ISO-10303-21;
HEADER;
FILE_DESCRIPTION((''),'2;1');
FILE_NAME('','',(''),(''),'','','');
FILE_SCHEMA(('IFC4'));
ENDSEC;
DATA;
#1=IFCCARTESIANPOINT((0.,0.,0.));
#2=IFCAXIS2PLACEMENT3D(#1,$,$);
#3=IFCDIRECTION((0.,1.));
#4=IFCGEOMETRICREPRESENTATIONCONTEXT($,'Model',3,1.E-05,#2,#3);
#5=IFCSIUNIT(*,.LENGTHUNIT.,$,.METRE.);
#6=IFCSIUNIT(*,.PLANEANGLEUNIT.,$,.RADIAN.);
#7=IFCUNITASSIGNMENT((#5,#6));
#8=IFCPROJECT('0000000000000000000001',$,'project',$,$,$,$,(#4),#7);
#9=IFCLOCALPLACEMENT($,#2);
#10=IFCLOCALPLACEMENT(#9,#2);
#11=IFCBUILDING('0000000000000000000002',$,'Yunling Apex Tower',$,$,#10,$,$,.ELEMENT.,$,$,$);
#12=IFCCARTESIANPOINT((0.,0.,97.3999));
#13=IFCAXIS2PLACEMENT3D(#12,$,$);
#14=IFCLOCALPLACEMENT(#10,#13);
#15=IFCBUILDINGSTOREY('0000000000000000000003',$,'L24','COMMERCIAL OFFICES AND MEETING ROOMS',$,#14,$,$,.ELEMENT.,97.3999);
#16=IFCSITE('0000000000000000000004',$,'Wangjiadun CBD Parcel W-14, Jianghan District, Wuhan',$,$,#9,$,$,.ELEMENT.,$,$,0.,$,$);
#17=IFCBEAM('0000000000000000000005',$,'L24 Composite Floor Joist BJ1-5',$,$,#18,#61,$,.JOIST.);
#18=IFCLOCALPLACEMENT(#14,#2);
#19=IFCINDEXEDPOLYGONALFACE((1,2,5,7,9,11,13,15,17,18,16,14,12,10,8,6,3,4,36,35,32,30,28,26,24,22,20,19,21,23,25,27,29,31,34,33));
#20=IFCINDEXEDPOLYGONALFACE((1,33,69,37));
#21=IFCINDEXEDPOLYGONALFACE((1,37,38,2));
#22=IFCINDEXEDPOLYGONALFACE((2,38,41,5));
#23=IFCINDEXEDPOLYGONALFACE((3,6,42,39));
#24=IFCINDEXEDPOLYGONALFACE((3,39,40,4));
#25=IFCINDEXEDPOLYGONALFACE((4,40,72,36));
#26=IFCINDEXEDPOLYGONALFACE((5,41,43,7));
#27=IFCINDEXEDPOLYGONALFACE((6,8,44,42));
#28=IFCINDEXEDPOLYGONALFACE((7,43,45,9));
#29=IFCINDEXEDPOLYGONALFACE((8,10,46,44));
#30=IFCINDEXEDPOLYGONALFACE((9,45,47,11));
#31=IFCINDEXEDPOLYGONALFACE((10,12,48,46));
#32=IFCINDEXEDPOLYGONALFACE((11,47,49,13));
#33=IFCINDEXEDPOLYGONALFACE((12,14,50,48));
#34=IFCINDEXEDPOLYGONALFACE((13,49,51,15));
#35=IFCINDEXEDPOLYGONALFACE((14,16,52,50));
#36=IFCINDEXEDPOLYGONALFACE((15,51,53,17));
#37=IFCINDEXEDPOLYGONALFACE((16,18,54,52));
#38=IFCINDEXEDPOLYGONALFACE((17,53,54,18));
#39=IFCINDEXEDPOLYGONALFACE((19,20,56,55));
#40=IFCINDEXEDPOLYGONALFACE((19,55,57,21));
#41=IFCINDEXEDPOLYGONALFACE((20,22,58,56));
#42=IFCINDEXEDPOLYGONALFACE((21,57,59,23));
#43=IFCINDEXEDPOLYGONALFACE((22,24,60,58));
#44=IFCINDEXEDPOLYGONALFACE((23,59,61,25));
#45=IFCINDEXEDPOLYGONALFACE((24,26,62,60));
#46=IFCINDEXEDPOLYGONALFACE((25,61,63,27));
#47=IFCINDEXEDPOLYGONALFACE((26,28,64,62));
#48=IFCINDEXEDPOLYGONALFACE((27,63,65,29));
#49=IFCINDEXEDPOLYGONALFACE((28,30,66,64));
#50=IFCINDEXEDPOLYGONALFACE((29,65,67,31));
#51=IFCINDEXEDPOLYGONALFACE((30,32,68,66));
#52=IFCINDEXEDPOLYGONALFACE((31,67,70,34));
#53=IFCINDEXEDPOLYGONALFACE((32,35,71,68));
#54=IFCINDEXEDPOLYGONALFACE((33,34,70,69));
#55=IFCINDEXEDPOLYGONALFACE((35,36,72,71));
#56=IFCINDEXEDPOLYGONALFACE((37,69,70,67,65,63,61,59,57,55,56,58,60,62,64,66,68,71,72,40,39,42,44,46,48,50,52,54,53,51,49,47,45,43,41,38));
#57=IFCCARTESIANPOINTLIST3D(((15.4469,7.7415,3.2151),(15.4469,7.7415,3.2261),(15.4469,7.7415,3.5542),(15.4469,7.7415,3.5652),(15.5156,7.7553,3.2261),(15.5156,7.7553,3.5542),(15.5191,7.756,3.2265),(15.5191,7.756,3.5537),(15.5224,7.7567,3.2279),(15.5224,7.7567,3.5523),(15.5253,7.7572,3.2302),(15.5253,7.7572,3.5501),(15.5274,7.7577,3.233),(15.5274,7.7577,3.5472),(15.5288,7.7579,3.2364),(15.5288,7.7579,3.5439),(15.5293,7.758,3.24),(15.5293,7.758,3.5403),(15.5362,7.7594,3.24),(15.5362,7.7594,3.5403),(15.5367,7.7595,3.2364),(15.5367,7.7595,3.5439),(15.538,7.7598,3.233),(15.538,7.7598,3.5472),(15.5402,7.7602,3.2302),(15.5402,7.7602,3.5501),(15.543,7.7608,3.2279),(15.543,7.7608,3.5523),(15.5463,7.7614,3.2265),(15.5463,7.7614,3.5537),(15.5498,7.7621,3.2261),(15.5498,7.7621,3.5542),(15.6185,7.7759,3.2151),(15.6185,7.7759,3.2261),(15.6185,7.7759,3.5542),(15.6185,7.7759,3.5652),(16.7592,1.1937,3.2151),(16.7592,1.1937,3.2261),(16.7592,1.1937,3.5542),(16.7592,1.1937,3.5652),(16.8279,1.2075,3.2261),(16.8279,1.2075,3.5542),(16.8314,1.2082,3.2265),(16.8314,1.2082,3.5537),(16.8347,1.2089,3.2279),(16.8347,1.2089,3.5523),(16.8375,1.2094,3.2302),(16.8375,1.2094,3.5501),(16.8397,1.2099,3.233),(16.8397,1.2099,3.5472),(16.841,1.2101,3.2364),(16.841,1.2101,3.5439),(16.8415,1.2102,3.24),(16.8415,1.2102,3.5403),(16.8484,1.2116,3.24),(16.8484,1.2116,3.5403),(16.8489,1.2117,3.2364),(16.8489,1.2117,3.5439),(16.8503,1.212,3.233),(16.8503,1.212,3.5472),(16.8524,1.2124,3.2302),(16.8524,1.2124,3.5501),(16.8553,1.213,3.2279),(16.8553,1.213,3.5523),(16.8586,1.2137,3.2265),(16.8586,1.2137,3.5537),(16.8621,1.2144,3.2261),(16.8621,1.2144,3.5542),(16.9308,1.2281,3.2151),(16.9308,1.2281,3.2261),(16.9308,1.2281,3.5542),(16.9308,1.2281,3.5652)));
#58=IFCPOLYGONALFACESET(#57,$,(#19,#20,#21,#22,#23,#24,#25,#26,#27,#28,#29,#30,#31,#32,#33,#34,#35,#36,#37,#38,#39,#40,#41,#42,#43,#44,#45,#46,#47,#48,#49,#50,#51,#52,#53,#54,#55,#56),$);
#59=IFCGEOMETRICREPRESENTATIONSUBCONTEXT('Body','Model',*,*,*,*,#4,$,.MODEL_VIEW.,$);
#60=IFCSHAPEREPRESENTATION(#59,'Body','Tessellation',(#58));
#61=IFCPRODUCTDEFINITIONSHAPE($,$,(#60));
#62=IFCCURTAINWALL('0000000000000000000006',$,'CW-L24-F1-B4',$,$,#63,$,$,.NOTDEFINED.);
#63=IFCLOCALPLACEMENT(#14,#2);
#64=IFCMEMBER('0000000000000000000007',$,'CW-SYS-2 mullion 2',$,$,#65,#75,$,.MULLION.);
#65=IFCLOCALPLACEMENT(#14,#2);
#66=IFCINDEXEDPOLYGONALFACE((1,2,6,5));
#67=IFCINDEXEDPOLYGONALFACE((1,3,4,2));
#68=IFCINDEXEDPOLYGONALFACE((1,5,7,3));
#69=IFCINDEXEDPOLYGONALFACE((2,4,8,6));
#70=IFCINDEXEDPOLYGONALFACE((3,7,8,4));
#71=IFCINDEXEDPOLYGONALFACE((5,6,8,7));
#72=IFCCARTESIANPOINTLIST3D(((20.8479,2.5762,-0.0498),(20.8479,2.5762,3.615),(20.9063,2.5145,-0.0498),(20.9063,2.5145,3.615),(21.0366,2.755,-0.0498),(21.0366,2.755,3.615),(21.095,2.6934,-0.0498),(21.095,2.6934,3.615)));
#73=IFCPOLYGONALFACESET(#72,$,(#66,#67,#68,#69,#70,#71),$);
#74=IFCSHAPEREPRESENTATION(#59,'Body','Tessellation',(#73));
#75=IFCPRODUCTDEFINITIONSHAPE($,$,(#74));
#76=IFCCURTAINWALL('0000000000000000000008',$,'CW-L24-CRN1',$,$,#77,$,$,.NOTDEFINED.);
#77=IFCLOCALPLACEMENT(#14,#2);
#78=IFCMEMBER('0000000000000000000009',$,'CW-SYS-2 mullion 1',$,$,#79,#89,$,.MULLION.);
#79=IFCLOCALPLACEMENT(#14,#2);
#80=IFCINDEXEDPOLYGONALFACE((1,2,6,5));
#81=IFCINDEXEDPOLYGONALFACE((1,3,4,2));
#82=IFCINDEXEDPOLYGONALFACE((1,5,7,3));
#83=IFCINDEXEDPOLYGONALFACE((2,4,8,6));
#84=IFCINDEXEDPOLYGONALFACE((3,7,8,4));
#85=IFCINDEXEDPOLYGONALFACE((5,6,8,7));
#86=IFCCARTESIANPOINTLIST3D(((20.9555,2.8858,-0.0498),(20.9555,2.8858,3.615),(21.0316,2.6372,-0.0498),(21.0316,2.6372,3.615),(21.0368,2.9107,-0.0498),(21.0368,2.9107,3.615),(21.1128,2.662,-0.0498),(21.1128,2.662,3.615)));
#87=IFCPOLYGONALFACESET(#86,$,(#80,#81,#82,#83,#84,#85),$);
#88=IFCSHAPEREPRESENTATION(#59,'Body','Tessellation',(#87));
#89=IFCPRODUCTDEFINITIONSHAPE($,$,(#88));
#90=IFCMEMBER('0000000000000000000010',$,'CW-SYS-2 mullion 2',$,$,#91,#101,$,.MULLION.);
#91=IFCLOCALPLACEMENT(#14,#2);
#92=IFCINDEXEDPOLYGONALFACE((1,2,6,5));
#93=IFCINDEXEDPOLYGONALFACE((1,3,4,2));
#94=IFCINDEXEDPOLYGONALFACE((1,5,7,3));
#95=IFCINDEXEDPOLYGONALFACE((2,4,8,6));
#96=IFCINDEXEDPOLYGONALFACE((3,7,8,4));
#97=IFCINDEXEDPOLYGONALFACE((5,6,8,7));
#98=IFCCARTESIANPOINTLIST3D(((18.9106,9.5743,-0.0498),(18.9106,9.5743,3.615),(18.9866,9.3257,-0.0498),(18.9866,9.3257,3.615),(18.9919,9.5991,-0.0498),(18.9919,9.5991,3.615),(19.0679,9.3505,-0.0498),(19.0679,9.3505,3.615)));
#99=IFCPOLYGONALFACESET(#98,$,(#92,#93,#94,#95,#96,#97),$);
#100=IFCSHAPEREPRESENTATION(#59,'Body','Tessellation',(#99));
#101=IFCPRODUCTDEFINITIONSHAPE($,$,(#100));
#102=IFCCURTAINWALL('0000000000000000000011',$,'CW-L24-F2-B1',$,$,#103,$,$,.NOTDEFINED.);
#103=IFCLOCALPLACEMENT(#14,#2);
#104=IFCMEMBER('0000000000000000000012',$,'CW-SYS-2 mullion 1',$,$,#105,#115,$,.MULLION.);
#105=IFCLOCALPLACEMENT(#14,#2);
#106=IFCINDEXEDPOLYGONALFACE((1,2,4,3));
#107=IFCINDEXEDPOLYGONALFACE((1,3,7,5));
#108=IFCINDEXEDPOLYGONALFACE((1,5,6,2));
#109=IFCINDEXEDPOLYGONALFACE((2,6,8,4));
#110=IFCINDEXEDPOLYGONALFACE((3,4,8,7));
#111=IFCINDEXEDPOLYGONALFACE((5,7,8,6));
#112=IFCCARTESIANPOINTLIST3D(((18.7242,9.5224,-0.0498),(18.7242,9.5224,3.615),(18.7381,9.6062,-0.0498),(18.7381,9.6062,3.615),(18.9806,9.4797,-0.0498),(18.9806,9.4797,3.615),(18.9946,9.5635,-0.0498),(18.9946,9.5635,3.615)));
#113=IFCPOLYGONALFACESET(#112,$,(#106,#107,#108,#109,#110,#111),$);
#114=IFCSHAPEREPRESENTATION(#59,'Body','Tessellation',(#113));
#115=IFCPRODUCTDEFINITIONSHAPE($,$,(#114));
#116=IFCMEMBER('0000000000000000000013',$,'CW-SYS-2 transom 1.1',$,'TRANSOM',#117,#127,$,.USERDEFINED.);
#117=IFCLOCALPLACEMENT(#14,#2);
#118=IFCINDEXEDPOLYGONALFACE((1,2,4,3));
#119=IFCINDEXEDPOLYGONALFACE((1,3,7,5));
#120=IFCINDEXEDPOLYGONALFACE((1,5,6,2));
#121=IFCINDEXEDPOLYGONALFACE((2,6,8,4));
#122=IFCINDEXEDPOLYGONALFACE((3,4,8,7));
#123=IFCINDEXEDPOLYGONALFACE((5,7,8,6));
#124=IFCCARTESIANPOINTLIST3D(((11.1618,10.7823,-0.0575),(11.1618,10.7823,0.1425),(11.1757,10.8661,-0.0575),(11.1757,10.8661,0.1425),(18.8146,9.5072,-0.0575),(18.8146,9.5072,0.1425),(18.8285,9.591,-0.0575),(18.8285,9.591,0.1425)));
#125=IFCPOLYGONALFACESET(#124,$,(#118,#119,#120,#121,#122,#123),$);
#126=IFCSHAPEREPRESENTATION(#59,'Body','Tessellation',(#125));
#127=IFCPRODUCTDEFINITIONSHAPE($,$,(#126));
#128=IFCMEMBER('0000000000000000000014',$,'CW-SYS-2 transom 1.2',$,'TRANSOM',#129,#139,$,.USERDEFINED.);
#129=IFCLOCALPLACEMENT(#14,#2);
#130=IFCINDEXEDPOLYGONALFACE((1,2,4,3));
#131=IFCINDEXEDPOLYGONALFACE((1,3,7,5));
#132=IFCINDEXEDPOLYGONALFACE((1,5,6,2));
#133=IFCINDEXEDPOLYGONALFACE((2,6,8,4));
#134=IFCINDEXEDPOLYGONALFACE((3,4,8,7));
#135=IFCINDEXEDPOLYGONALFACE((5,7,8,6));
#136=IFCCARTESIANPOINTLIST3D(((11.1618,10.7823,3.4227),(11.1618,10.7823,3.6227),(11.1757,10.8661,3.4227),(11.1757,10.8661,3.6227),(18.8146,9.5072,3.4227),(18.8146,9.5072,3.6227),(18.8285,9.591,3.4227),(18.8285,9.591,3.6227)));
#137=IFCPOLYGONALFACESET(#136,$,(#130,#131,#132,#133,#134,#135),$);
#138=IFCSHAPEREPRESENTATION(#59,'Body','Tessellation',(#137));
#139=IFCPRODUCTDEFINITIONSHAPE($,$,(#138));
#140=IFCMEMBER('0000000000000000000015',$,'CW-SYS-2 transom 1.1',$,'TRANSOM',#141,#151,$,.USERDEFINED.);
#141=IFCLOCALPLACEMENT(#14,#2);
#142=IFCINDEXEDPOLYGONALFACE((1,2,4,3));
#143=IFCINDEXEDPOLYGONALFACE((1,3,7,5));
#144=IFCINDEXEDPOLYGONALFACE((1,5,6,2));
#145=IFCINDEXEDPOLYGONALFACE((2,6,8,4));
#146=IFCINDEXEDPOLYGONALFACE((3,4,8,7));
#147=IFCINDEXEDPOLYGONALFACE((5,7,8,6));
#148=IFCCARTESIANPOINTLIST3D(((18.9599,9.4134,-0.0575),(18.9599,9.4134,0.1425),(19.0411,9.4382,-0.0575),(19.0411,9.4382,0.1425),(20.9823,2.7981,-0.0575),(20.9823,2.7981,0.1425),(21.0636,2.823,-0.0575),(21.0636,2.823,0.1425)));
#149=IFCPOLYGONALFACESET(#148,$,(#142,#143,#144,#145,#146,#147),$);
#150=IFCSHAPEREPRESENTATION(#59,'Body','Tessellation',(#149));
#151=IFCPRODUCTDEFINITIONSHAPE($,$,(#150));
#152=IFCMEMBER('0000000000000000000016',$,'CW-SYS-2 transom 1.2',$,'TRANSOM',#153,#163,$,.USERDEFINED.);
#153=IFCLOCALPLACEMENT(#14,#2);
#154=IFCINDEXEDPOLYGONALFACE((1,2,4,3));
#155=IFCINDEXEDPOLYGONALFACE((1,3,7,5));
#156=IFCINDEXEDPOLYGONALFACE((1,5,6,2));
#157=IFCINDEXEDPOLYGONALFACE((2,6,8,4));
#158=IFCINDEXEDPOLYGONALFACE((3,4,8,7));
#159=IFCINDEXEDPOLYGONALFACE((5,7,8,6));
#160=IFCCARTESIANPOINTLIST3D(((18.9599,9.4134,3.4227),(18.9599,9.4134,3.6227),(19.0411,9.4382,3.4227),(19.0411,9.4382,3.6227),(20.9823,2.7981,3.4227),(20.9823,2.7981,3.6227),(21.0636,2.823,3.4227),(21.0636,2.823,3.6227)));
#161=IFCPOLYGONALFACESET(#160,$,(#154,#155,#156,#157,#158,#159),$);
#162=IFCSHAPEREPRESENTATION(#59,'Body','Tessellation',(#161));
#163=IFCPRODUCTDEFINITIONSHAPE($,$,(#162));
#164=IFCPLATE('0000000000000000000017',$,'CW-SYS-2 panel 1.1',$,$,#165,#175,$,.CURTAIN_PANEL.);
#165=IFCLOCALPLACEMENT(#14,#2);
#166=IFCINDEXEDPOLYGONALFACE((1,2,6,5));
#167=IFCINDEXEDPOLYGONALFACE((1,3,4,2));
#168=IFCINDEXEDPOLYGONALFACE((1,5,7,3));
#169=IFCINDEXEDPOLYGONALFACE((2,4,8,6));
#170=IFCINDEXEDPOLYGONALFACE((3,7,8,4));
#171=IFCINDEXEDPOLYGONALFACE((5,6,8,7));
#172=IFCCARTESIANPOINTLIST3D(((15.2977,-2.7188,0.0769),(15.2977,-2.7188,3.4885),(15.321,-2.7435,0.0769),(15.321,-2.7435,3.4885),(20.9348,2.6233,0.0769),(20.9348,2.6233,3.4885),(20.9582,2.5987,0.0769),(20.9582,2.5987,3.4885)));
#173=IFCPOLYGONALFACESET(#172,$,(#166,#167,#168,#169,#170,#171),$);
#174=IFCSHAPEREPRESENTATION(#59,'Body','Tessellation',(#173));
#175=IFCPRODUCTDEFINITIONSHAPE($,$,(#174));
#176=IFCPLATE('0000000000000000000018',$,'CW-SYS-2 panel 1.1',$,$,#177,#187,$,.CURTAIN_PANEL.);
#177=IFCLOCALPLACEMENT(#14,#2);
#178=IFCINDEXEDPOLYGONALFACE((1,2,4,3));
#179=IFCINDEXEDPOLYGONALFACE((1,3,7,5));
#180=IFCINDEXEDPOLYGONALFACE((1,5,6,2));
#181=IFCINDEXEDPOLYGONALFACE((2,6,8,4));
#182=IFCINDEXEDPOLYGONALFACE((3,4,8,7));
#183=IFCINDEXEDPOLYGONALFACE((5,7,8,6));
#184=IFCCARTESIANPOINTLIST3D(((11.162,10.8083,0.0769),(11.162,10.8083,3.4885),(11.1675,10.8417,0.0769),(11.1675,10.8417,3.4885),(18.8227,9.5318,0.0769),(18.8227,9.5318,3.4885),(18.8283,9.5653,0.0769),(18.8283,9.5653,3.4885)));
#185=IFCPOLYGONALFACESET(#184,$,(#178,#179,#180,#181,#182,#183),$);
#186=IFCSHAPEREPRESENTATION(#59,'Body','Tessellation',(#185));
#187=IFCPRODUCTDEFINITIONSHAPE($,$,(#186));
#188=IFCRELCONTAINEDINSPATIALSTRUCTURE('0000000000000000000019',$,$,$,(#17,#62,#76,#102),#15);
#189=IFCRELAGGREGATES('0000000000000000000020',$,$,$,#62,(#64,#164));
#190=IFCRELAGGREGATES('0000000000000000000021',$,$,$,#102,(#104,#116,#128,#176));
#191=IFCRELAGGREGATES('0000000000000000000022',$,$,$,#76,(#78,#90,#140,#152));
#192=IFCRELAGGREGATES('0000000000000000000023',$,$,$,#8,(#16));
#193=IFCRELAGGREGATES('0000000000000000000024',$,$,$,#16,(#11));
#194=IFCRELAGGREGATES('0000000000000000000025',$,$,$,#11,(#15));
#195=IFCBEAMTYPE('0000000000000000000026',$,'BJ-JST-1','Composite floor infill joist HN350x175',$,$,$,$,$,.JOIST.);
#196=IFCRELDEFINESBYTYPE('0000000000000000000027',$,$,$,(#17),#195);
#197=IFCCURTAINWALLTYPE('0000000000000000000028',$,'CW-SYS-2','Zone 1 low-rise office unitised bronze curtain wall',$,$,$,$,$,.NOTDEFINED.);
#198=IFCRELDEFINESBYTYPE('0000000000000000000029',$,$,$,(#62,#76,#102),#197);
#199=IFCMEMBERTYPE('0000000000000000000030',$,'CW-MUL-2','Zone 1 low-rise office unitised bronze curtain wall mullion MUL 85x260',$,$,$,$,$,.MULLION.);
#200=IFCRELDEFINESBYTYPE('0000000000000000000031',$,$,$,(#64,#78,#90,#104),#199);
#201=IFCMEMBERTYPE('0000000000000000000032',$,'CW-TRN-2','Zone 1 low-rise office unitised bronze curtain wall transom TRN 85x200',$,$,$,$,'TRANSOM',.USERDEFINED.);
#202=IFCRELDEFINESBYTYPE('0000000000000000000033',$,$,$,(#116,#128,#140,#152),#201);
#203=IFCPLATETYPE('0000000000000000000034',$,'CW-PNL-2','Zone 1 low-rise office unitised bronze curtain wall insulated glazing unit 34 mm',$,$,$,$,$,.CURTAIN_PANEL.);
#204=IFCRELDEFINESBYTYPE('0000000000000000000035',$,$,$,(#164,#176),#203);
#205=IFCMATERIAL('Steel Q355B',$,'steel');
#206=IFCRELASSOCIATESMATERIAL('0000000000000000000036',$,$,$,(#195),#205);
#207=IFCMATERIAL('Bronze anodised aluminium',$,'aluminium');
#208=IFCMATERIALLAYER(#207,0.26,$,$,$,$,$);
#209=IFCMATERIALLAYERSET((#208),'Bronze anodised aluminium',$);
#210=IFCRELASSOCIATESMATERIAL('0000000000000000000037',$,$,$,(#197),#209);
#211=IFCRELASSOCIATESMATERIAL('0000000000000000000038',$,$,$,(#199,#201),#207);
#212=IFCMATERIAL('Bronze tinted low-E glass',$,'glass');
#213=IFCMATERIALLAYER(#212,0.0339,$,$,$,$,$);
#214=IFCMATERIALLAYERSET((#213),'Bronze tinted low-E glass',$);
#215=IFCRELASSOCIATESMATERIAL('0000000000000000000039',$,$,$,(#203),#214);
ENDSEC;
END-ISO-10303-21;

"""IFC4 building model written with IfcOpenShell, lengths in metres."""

from ifc_helpers import new_model, si_unit, direction, frame, origin, origin_2d, place, context, subcontext, project, spatial, rectangle, i_section, extrude, source, transform, mapped, material, layer, layer_set, material_profile, profile_set, type_object, element, aggregate, save


model = new_model("IFC4")

# Units and contexts
model_context = context("Model", 3, precision=1e-05, world=origin(), true_north=direction((0.0, 1.0)))
body_context = subcontext(model_context, "Body", "Model", "MODEL_VIEW")
ifc_project = project(units=[si_unit("LENGTHUNIT", "METRE"), si_unit("PLANEANGLEUNIT", "RADIAN")], contexts=[model_context])

# Site, building, storey
site_placement = place(None, origin())
site = spatial("IfcSite", under=ifc_project, at=site_placement, Name="Wangjiadun CBD Parcel W-14, Jianghan District, Wuhan", CompositionType="ELEMENT", RefElevation=0.0)
building_placement = place(site_placement, origin())
building = spatial("IfcBuilding", under=site, at=building_placement, Name="Yunling Apex Tower", CompositionType="ELEMENT")
storey_placement = place(building_placement, frame((0.0, 0.0, 97.3999)))
storey = spatial("IfcBuildingStorey", under=building, at=storey_placement, Name="L24", Description="COMMERCIAL OFFICES AND MEETING ROOMS", CompositionType="ELEMENT", Elevation=97.3999)

# Beam
ifc_material_1 = material(Name="Steel Q355B", Category="steel")
ifc_material_profile_1 = material_profile(ifc_material_1, i_section(OverallWidth=0.175, OverallDepth=0.3501, WebThickness=0.0071, FlangeThickness=0.011, FilletRadius=0.0139, at=origin_2d()))
ifc_profile_set_1 = profile_set([ifc_material_profile_1], Name="Steel Q355B")
beam_type_1 = type_object("IfcBeamType", Name="BJ-JST-1", Description="Composite floor infill joist HN350x175", PredefinedType="JOIST", material=ifc_profile_set_1)
shared_shape_1 = source(origin(), body_context, "Body", "SweptSolid", [
    extrude(i_section(OverallWidth=0.175, OverallDepth=0.3501, WebThickness=0.0071, FlangeThickness=0.011, FilletRadius=0.0139, at=origin_2d()), origin(), (0.0, 0.0, 1.0), 6.678),
])
beam_1_placement = place(storey_placement, frame((16.845, 1.2109, 3.3901), z_axis=(-0.196503, 0.980503, 0.0), x_axis=(-0.980503, -0.196503, 0.0)))
element("IfcBeam", 1, at=beam_1_placement, inside=storey, type_object=beam_type_1, Name="L24 Composite Floor Joist BJ1-5", PredefinedType="JOIST", context=body_context, shape_type="MappedRepresentation", body=[
    mapped(shared_shape_1, transform((0.0, 0.0, 0.0), scale=1.0)),
])

# Curtain wall, member
ifc_material_2 = material(Name="Bronze anodised aluminium", Category="aluminium")
ifc_layer_1 = layer(ifc_material_2, 0.26)
ifc_layer_set_1 = layer_set([ifc_layer_1], Name="Bronze anodised aluminium")
curtain_wall_type = type_object("IfcCurtainWallType", Name="CW-SYS-2", Description="Zone 1 low-rise office unitised bronze curtain wall", PredefinedType="NOTDEFINED", material=ifc_layer_set_1)
curtain_wall_1_placement = place(storey_placement, origin())
curtain_wall_1 = element("IfcCurtainWall", 2, at=curtain_wall_1_placement, inside=storey, type_object=curtain_wall_type, Name="CW-L24-F1-B4", PredefinedType="NOTDEFINED")
ifc_material_profile_2 = material_profile(ifc_material_2, rectangle(XDim=0.085, YDim=0.26, at=origin_2d()))
ifc_profile_set_2 = profile_set([ifc_material_profile_2], Name="Bronze anodised aluminium")
member_type_1 = type_object("IfcMemberType", Name="CW-MUL-2", Description="Zone 1 low-rise office unitised bronze curtain wall mullion MUL 85x260", PredefinedType="MULLION", material=ifc_profile_set_2)
shared_shape_2 = source(origin(), body_context, "Body", "SweptSolid", [
    extrude(rectangle(XDim=0.085, YDim=0.26, at=origin_2d()), origin(), (0.0, 0.0, 1.0), 3.6648),
])
member_1_placement = place(storey_placement, frame((20.9714, 2.6348, -0.0498), z_axis=(0.0, 0.0, 1.0), x_axis=(-0.687861, 0.725842, 0.0)))
member_1 = element("IfcMember", 3, at=member_1_placement, type_object=member_type_1, Name="CW-SYS-2 mullion 2", PredefinedType="MULLION", context=body_context, shape_type="MappedRepresentation", body=[
    mapped(shared_shape_2, transform((0.0, 0.0, 0.0), scale=1.0)),
])

# Curtain walls, members
curtain_wall_2_placement = place(storey_placement, origin())
curtain_wall_2 = element("IfcCurtainWall", 4, at=curtain_wall_2_placement, inside=storey, type_object=curtain_wall_type, Name="CW-L24-CRN1", PredefinedType="NOTDEFINED")
member_2_placement = place(storey_placement, frame((21.0342, 2.7739, -0.0498), z_axis=(0.0, 0.0, 1.0), x_axis=(-0.956304, -0.292375, 0.0)))
member_2 = element("IfcMember", 5, at=member_2_placement, type_object=member_type_1, Name="CW-SYS-2 mullion 1", PredefinedType="MULLION", context=body_context, shape_type="MappedRepresentation", body=[
    mapped(shared_shape_2, transform((0.0, 0.0, 0.0), scale=1.0)),
])
member_3_placement = place(storey_placement, frame((18.9893, 9.4624, -0.0498), z_axis=(0.0, 0.0, 1.0), x_axis=(-0.956304, -0.292375, 0.0)))
member_3 = element("IfcMember", 6, at=member_3_placement, type_object=member_type_1, Name="CW-SYS-2 mullion 2", PredefinedType="MULLION", context=body_context, shape_type="MappedRepresentation", body=[
    mapped(shared_shape_2, transform((0.0, 0.0, 0.0), scale=1.0)),
])
curtain_wall_3_placement = place(storey_placement, origin())
curtain_wall_3 = element("IfcCurtainWall", 7, at=curtain_wall_3_placement, inside=storey, type_object=curtain_wall_type, Name="CW-L24-F2-B1", PredefinedType="NOTDEFINED")
member_4_placement = place(storey_placement, frame((18.8594, 9.543, -0.0498), z_axis=(0.0, 0.0, 1.0), x_axis=(-0.16436, -0.9864, 0.0)))
member_4 = element("IfcMember", 8, at=member_4_placement, type_object=member_type_1, Name="CW-SYS-2 mullion 1", PredefinedType="MULLION", context=body_context, shape_type="MappedRepresentation", body=[
    mapped(shared_shape_2, transform((0.0, 0.0, 0.0), scale=1.0)),
])
ifc_material_profile_3 = material_profile(ifc_material_2, rectangle(XDim=0.085, YDim=0.2, at=origin_2d()))
ifc_profile_set_3 = profile_set([ifc_material_profile_3], Name="Bronze anodised aluminium")
member_type_2 = type_object("IfcMemberType", Name="CW-TRN-2", Description="Zone 1 low-rise office unitised bronze curtain wall transom TRN 85x200", ElementType="TRANSOM", PredefinedType="USERDEFINED", material=ifc_profile_set_3)
shared_shape_3 = source(origin(), body_context, "Body", "SweptSolid", [
    extrude(rectangle(XDim=0.085, YDim=0.2, at=origin_2d()), origin(), (0.0, 0.0, 1.0), 7.7583),
])
member_5_placement = place(storey_placement, frame((18.8215, 9.5491, 0.0425), z_axis=(-0.986401, 0.164358, 0.0), x_axis=(-0.164358, -0.986401, 0.0)))
member_5 = element("IfcMember", 9, at=member_5_placement, type_object=member_type_2, Name="CW-SYS-2 transom 1.1", ObjectType="TRANSOM", PredefinedType="USERDEFINED", context=body_context, shape_type="MappedRepresentation", body=[
    mapped(shared_shape_3, transform((0.0, 0.0, 0.0), scale=1.0)),
])
member_6_placement = place(storey_placement, frame((18.8215, 9.5491, 3.5227), z_axis=(-0.986401, 0.164358, 0.0), x_axis=(-0.164358, -0.986401, 0.0)))
member_6 = element("IfcMember", 10, at=member_6_placement, type_object=member_type_2, Name="CW-SYS-2 transom 1.2", ObjectType="TRANSOM", PredefinedType="USERDEFINED", context=body_context, shape_type="MappedRepresentation", body=[
    mapped(shared_shape_3, transform((0.0, 0.0, 0.0), scale=1.0)),
])

# Members
shared_shape_4 = source(origin(), body_context, "Body", "SweptSolid", [
    extrude(rectangle(XDim=0.085, YDim=0.2, at=origin_2d()), origin(), (0.0, 0.0, 1.0), 6.9175),
])
member_7_placement = place(storey_placement, frame((21.0229, 2.8105, 0.0425), z_axis=(-0.292369, 0.956306, 0.0), x_axis=(-0.956306, -0.292369, 0.0)))
member_7 = element("IfcMember", 11, at=member_7_placement, type_object=member_type_2, Name="CW-SYS-2 transom 1.1", ObjectType="TRANSOM", PredefinedType="USERDEFINED", context=body_context, shape_type="MappedRepresentation", body=[
    mapped(shared_shape_4, transform((0.0, 0.0, 0.0), scale=1.0)),
])
member_8_placement = place(storey_placement, frame((21.0229, 2.8105, 3.5227), z_axis=(-0.292369, 0.956306, 0.0), x_axis=(-0.956306, -0.292369, 0.0)))
member_8 = element("IfcMember", 12, at=member_8_placement, type_object=member_type_2, Name="CW-SYS-2 transom 1.2", ObjectType="TRANSOM", PredefinedType="USERDEFINED", context=body_context, shape_type="MappedRepresentation", body=[
    mapped(shared_shape_4, transform((0.0, 0.0, 0.0), scale=1.0)),
])

# Plates
ifc_material_3 = material(Name="Bronze tinted low-E glass", Category="glass")
ifc_layer_2 = layer(ifc_material_3, 0.0339)
ifc_layer_set_2 = layer_set([ifc_layer_2], Name="Bronze tinted low-E glass")
plate_type = type_object("IfcPlateType", Name="CW-PNL-2", Description="Zone 1 low-rise office unitised bronze curtain wall insulated glazing unit 34 mm", PredefinedType="CURTAIN_PANEL", material=ifc_layer_set_2)
shared_shape_5 = source(origin(), body_context, "Body", "SweptSolid", [
    extrude(rectangle(XDim=7.7664, YDim=0.0339, at=origin_2d()), origin(), (0.0, 0.0, 1.0), 3.4116),
])
plate_1_placement = place(storey_placement, frame((18.1279, -0.0601, 0.0769), z_axis=(0.0, 0.0, 1.0), x_axis=(0.725842, 0.687861, 0.0)))
plate_1 = element("IfcPlate", 13, at=plate_1_placement, type_object=plate_type, Name="CW-SYS-2 panel 1.1", PredefinedType="CURTAIN_PANEL", context=body_context, shape_type="MappedRepresentation", body=[
    mapped(shared_shape_5, transform((0.0, 0.0, 0.0), scale=1.0)),
])
aggregate(curtain_wall_1, [member_1, plate_1])
plate_2_placement = place(storey_placement, frame((14.9951, 10.1868, 0.0769), z_axis=(0.0, 0.0, 1.0), x_axis=(-0.9864, 0.16436, 0.0)))
plate_2 = element("IfcPlate", 14, at=plate_2_placement, type_object=plate_type, Name="CW-SYS-2 panel 1.1", PredefinedType="CURTAIN_PANEL", context=body_context, shape_type="MappedRepresentation", body=[
    mapped(shared_shape_5, transform((0.0, 0.0, 0.0), scale=1.0)),
])
aggregate(curtain_wall_3, [member_4, member_5, member_6, plate_2])
aggregate(curtain_wall_2, [member_2, member_3, member_7, member_8])

save(model, "model.ifc")
